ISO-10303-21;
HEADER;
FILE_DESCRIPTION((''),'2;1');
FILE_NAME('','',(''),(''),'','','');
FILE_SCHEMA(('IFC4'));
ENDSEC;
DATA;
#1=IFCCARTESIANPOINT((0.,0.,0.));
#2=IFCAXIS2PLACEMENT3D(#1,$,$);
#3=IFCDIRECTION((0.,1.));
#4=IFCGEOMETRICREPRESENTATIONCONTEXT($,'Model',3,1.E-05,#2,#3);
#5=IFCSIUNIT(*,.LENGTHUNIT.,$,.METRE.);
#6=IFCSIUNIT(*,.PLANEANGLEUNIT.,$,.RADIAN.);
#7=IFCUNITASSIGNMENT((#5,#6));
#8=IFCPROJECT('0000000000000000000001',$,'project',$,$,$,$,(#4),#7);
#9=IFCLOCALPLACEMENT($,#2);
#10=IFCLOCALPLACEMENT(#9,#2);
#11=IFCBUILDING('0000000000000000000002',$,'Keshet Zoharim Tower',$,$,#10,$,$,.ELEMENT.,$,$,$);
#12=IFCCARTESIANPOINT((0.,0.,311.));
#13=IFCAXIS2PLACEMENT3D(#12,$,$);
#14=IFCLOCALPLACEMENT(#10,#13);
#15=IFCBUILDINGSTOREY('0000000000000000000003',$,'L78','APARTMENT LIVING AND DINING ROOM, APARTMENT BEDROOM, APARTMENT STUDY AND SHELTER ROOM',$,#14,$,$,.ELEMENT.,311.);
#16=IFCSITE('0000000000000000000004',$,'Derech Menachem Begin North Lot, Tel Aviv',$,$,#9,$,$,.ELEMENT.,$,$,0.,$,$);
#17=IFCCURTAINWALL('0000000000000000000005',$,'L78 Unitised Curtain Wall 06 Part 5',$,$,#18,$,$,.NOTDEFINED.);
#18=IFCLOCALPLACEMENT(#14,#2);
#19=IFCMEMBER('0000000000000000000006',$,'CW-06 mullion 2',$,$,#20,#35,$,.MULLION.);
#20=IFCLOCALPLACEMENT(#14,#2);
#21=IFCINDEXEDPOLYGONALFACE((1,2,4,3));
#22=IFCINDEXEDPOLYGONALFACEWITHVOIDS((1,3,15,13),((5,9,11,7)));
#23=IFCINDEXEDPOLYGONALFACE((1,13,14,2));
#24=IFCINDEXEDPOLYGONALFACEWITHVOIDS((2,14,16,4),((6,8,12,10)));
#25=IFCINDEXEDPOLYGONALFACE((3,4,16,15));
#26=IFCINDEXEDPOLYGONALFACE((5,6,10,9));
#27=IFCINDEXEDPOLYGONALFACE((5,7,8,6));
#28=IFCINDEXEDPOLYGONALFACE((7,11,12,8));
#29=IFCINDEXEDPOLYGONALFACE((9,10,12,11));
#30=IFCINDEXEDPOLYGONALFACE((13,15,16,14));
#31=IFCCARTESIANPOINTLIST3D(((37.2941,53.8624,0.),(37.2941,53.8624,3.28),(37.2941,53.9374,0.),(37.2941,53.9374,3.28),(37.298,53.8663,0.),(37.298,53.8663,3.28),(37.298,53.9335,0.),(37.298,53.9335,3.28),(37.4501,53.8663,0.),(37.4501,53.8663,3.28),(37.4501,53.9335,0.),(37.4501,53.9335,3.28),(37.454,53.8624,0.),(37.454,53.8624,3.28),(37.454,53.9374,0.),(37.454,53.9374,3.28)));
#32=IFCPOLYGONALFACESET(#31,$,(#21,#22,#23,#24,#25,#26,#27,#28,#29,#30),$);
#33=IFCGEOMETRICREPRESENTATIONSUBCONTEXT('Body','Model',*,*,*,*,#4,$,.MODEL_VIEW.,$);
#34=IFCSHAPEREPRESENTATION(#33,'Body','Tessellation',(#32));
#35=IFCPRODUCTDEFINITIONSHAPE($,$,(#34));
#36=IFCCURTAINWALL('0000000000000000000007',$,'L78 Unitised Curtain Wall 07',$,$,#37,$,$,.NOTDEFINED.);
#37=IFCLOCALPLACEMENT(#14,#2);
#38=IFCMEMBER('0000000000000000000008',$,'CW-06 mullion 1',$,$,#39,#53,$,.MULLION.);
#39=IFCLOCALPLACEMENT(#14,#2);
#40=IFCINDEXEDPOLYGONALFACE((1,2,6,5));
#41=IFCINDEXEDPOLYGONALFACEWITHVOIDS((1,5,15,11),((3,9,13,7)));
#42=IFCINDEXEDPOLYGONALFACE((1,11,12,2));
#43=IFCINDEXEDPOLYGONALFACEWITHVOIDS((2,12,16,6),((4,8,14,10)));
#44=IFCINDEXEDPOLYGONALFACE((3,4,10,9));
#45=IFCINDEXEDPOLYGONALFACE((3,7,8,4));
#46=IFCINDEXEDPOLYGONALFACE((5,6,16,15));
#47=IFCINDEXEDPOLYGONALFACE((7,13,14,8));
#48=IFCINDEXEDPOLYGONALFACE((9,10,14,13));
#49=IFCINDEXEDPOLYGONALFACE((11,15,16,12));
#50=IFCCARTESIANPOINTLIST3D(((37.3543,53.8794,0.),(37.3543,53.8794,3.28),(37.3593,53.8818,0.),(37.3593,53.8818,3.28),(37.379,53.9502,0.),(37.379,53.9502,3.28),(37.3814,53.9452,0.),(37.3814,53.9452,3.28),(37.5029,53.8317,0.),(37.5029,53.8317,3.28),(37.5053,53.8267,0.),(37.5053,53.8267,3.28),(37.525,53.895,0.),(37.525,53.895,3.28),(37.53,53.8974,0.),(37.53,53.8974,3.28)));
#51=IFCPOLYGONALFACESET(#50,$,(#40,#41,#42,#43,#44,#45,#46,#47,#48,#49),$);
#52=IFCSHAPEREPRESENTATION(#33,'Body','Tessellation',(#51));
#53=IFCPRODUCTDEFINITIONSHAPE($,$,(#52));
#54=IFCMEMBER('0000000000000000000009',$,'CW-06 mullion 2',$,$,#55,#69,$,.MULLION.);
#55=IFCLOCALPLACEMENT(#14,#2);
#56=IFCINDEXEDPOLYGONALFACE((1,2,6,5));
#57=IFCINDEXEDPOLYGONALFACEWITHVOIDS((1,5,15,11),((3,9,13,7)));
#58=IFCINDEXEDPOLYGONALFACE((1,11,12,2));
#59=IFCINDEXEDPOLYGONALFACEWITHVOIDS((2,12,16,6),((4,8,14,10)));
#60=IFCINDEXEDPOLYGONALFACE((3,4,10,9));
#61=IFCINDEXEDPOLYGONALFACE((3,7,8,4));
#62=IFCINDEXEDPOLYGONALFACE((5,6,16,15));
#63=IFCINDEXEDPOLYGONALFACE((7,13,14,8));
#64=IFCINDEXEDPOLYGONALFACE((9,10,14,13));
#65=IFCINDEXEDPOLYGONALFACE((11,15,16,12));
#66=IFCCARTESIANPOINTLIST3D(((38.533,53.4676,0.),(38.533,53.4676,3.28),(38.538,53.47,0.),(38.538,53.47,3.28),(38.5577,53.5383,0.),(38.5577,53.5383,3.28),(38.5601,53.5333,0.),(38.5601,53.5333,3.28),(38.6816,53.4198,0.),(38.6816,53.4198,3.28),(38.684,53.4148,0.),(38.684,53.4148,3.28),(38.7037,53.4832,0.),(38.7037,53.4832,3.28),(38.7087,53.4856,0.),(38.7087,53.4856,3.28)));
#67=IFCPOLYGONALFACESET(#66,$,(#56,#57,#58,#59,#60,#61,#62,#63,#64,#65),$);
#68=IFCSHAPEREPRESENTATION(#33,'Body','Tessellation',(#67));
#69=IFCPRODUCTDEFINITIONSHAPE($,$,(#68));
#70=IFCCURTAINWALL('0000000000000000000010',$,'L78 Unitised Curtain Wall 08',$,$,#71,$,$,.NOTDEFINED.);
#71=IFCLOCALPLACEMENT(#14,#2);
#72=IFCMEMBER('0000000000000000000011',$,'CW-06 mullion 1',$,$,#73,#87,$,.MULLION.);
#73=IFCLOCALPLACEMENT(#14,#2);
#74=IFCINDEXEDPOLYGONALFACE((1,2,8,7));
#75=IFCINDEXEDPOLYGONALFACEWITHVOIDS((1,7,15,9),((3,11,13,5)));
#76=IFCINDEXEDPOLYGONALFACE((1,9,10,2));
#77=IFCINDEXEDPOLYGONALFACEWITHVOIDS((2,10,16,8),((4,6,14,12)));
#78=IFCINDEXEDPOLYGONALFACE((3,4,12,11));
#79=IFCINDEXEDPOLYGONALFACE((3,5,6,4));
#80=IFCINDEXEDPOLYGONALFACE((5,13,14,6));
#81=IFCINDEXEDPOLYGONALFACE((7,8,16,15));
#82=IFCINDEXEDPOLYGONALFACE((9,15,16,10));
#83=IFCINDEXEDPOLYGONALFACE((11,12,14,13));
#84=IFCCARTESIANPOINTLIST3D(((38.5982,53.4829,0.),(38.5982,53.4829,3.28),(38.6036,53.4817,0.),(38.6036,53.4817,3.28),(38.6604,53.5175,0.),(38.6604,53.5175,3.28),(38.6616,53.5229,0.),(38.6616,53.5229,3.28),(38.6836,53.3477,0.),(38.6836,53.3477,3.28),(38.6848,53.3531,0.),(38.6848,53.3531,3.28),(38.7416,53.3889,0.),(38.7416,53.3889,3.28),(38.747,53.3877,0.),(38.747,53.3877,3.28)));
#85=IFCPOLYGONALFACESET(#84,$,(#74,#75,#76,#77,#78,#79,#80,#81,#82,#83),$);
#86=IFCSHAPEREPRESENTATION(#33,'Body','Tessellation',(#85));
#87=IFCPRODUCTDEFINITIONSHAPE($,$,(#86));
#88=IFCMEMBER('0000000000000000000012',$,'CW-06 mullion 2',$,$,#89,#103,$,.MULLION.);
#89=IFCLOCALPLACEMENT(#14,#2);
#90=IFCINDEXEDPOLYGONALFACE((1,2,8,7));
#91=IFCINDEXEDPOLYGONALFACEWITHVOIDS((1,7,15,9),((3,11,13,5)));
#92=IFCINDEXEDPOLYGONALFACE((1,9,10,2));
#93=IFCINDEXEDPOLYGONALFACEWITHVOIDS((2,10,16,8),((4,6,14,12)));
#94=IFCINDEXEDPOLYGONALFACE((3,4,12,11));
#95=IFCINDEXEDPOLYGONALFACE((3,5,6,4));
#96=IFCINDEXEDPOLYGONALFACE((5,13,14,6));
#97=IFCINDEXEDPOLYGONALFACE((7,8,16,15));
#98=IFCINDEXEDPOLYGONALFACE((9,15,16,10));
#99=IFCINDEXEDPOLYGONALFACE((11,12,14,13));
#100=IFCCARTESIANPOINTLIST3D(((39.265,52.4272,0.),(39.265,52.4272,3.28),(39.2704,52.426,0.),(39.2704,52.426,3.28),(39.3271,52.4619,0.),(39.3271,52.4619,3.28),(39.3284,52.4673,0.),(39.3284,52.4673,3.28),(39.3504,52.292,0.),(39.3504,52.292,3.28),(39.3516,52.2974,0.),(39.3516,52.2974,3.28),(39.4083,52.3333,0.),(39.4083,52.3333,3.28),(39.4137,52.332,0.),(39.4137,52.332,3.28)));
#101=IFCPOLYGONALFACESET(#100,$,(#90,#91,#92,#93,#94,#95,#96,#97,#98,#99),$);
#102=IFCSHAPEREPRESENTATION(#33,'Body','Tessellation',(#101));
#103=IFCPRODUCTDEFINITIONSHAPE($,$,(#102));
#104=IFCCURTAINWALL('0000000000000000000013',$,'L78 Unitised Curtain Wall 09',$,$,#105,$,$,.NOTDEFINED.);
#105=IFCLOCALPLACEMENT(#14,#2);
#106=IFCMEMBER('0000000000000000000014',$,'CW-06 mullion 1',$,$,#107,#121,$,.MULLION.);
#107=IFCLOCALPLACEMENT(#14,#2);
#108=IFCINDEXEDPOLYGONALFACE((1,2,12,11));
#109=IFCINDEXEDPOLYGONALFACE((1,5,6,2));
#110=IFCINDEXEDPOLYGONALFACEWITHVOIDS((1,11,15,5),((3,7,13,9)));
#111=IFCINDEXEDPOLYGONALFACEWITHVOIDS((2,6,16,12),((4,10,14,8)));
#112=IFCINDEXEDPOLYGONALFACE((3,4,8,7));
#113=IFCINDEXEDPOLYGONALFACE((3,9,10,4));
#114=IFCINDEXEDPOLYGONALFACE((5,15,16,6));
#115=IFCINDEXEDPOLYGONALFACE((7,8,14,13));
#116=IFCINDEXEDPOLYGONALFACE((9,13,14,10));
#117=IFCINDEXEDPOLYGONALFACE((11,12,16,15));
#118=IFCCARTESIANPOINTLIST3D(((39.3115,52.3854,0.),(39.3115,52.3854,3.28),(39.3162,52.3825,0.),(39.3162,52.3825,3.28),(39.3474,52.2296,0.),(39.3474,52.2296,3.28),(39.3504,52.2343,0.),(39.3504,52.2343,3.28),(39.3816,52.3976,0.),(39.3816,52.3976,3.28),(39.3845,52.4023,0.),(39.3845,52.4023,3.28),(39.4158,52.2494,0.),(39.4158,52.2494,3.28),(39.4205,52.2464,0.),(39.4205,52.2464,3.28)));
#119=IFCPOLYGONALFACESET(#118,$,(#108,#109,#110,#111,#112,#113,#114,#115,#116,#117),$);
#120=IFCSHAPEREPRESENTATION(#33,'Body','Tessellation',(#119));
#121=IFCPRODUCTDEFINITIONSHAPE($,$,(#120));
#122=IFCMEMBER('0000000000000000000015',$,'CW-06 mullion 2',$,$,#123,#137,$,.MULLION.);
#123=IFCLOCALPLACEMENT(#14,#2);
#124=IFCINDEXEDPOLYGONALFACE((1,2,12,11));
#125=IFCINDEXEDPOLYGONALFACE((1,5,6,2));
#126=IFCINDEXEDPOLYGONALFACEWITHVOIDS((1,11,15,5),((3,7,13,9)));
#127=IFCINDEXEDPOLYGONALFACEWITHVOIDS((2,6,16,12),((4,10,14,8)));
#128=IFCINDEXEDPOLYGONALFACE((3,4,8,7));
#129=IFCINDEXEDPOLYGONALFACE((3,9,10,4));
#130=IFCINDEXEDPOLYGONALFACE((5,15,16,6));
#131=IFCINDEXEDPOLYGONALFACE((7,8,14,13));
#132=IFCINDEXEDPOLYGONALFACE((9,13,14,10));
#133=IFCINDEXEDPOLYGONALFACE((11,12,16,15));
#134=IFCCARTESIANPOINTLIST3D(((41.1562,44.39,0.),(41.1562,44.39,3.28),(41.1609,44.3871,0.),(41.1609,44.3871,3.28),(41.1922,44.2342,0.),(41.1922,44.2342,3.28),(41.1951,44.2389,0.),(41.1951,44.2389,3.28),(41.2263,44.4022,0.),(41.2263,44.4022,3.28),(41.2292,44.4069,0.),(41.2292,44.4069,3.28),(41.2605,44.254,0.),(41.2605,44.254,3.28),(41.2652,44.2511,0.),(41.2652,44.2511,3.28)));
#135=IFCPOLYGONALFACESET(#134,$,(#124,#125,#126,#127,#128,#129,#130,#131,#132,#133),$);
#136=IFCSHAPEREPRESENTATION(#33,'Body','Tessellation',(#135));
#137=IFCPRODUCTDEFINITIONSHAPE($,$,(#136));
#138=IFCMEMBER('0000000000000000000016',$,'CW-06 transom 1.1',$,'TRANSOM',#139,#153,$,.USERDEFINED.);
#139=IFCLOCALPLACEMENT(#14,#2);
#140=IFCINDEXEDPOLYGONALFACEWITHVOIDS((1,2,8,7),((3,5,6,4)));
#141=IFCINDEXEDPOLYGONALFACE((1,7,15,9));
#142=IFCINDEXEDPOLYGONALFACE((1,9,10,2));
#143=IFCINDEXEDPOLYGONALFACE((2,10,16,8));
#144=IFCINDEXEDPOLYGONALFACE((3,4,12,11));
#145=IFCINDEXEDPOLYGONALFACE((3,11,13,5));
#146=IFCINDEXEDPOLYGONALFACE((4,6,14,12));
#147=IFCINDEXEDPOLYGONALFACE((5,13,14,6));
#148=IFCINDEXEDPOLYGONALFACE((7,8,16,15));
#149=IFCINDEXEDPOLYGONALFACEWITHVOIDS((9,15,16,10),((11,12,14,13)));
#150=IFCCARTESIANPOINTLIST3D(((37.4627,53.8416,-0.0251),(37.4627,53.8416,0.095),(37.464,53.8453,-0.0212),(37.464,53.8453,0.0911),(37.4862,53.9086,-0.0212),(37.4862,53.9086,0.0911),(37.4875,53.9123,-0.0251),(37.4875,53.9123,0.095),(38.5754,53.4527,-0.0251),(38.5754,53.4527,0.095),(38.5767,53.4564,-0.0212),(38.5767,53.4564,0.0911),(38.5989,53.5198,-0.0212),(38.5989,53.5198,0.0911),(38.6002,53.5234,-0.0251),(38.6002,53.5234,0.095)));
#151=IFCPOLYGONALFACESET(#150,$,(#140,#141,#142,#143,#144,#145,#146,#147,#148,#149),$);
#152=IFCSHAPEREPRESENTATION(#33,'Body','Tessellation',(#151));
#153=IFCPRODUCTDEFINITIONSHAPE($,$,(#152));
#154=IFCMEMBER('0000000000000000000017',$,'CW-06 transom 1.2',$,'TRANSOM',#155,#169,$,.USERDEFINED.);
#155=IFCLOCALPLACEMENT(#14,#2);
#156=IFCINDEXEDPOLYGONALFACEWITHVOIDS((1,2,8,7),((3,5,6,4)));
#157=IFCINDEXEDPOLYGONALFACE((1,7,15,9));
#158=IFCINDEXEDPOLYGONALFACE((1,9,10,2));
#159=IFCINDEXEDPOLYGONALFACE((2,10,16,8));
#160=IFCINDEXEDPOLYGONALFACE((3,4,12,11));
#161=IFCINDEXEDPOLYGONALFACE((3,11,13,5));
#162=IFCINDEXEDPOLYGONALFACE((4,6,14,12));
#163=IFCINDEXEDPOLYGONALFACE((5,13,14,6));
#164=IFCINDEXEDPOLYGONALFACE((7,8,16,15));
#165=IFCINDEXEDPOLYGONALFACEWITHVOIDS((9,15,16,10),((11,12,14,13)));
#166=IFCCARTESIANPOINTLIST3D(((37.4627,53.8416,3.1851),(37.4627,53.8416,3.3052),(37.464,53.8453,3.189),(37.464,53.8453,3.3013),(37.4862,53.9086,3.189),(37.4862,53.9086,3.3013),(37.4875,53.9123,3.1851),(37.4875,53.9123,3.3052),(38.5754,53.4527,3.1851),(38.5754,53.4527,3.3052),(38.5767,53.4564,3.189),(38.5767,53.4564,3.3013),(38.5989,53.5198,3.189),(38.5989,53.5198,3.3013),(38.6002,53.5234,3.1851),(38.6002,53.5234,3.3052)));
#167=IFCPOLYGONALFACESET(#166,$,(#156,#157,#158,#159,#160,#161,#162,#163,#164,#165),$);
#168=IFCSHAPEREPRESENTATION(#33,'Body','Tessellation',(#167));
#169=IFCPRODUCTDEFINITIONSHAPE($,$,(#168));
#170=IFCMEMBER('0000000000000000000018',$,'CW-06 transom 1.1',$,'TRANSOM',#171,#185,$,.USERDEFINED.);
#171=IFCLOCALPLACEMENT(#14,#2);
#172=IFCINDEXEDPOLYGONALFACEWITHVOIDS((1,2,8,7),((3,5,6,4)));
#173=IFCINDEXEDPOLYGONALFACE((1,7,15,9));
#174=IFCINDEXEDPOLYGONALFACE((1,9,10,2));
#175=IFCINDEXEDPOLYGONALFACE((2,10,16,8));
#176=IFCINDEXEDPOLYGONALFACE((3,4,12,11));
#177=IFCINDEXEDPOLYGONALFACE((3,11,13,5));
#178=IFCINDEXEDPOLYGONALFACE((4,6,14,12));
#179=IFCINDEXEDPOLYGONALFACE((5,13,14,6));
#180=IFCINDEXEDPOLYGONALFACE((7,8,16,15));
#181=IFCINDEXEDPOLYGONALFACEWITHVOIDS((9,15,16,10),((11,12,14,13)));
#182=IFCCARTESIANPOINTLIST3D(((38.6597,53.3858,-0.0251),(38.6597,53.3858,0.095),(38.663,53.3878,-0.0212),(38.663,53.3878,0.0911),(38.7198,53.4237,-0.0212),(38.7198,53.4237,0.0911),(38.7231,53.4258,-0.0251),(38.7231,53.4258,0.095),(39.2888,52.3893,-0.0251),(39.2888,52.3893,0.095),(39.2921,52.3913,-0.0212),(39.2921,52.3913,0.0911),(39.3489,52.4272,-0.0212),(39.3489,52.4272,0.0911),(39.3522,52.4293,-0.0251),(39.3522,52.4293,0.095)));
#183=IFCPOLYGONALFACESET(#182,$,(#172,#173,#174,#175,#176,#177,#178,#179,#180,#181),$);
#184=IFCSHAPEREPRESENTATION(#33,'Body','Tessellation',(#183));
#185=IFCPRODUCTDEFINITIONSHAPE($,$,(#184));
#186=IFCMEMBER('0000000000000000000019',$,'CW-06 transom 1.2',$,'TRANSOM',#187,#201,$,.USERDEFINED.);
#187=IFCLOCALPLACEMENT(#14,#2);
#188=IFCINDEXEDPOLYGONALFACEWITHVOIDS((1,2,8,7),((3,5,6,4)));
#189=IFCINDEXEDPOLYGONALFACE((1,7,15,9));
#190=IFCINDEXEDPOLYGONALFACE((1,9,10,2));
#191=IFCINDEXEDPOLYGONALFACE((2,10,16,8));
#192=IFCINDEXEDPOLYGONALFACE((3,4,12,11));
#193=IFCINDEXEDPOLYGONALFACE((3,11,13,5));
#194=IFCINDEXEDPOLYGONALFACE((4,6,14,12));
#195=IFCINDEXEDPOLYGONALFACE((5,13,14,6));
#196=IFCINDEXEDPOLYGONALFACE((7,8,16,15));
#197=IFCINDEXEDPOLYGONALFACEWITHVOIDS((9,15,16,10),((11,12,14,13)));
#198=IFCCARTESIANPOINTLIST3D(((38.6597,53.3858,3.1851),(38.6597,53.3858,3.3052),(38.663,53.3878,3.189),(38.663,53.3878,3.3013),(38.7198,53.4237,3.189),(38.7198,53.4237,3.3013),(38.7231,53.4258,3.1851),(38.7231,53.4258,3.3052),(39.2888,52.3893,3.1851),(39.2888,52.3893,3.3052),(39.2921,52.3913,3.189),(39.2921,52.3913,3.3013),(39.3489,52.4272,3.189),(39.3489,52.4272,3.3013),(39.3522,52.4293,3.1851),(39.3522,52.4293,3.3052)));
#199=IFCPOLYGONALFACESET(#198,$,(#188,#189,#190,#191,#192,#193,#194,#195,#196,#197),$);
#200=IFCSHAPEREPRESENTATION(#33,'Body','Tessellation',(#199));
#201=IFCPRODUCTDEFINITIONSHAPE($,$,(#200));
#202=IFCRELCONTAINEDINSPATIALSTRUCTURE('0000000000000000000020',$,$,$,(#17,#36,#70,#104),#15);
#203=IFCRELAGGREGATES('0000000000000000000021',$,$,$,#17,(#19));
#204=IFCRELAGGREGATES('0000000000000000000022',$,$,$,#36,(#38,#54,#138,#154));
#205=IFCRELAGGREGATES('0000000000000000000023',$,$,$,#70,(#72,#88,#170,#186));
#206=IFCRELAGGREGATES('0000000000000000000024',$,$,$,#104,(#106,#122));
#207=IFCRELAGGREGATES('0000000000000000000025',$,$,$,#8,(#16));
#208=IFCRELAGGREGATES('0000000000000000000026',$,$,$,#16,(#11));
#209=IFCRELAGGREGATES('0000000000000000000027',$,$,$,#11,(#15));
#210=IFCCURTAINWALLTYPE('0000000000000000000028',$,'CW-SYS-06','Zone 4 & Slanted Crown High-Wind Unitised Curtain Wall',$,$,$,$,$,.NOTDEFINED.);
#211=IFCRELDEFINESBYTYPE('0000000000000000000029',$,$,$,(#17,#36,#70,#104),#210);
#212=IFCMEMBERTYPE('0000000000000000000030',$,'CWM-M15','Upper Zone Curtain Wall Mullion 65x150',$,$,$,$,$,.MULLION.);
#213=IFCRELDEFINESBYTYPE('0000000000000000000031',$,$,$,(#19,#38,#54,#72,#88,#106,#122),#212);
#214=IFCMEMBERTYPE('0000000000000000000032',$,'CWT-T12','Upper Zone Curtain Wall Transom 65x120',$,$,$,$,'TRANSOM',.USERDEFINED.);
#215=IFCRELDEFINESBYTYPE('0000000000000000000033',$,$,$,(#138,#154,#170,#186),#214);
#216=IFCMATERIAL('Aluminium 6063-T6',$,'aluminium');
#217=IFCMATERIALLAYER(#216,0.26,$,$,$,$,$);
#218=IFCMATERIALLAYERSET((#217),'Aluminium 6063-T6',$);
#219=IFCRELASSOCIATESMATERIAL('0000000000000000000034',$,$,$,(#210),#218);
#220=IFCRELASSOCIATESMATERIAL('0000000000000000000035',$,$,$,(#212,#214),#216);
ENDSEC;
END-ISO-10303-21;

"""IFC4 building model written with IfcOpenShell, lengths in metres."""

from ifc_helpers import new_model, si_unit, direction, frame, origin, origin_2d, place, context, subcontext, project, spatial, hollow_rectangle, extrude, material, layer, layer_set, material_profile, profile_set, type_object, element, aggregate, save


model = new_model("IFC4")

# Units and contexts
model_context = context("Model", 3, precision=1e-05, world=origin(), true_north=direction((0.0, 1.0)))
body_context = subcontext(model_context, "Body", "Model", "MODEL_VIEW")
ifc_project = project(units=[si_unit("LENGTHUNIT", "METRE"), si_unit("PLANEANGLEUNIT", "RADIAN")], contexts=[model_context])

# Site, building, storey
site_placement = place(None, origin())
site = spatial("IfcSite", under=ifc_project, at=site_placement, Name="Derech Menachem Begin North Lot, Tel Aviv", CompositionType="ELEMENT", RefElevation=0.0)
building_placement = place(site_placement, origin())
building = spatial("IfcBuilding", under=site, at=building_placement, Name="Keshet Zoharim Tower", CompositionType="ELEMENT")
storey_placement = place(building_placement, frame((0.0, 0.0, 311.0)))
storey = spatial("IfcBuildingStorey", under=building, at=storey_placement, Name="L78", Description="APARTMENT LIVING AND DINING ROOM, APARTMENT BEDROOM, APARTMENT STUDY AND SHELTER ROOM", CompositionType="ELEMENT", Elevation=311.0)

# Curtain wall, member
ifc_material_1 = material(Name="Aluminium 6063-T6", Category="aluminium")
ifc_layer_1 = layer(ifc_material_1, 0.26)
ifc_layer_set_1 = layer_set([ifc_layer_1], Name="Aluminium 6063-T6")
curtain_wall_type = type_object("IfcCurtainWallType", Name="CW-SYS-06", Description="Zone 4 & Slanted Crown High-Wind Unitised Curtain Wall", PredefinedType="NOTDEFINED", material=ifc_layer_set_1)
curtain_wall_1_placement = place(storey_placement, origin())
curtain_wall_1 = element("IfcCurtainWall", 1, at=curtain_wall_1_placement, inside=storey, type_object=curtain_wall_type, Name="L78 Unitised Curtain Wall 06 Part 5", PredefinedType="NOTDEFINED")
ifc_material_profile_1 = material_profile(ifc_material_1, hollow_rectangle(XDim=0.075, YDim=0.1599, WallThickness=0.0039, at=origin_2d()), Name="MUL-75x160")
ifc_profile_set_1 = profile_set([ifc_material_profile_1], Name="Aluminium 6063-T6")
member_type_1 = type_object("IfcMemberType", Name="CWM-M15", Description="Upper Zone Curtain Wall Mullion 65x150", PredefinedType="MULLION", material=ifc_profile_set_1)
member_1_placement = place(storey_placement, frame((37.374, 53.8999, 0.0), z_axis=(0.0, 0.0, 1.0), x_axis=(0.0, 1.0, 0.0)))
member_1 = element("IfcMember", 2, at=member_1_placement, type_object=member_type_1, Name="CW-06 mullion 2", PredefinedType="MULLION", context=body_context, shape_type="SweptSolid", body=[
    extrude(hollow_rectangle(XDim=0.075, YDim=0.1599, WallThickness=0.0039, at=origin_2d()), origin(), (0.0, 0.0, 1.0), 3.28),
])
aggregate(curtain_wall_1, [member_1])

# Curtain walls, members
curtain_wall_2_placement = place(storey_placement, origin())
curtain_wall_2 = element("IfcCurtainWall", 3, at=curtain_wall_2_placement, inside=storey, type_object=curtain_wall_type, Name="L78 Unitised Curtain Wall 07", PredefinedType="NOTDEFINED")
member_2_placement = place(storey_placement, frame((37.4421, 53.8884, 0.0), z_axis=(0.0, 0.0, 1.0), x_axis=(0.329844, 0.944036, 0.0)))
member_2 = element("IfcMember", 4, at=member_2_placement, type_object=member_type_1, Name="CW-06 mullion 1", PredefinedType="MULLION", context=body_context, shape_type="SweptSolid", body=[
    extrude(hollow_rectangle(XDim=0.075, YDim=0.1599, WallThickness=0.0039, at=origin_2d()), origin(), (0.0, 0.0, 1.0), 3.28),
])
member_3_placement = place(storey_placement, frame((38.6208, 53.4766, 0.0), z_axis=(0.0, 0.0, 1.0), x_axis=(0.329844, 0.944036, 0.0)))
member_3 = element("IfcMember", 5, at=member_3_placement, type_object=member_type_1, Name="CW-06 mullion 2", PredefinedType="MULLION", context=body_context, shape_type="SweptSolid", body=[
    extrude(hollow_rectangle(XDim=0.075, YDim=0.1599, WallThickness=0.0039, at=origin_2d()), origin(), (0.0, 0.0, 1.0), 3.28),
])
curtain_wall_3_placement = place(storey_placement, origin())
curtain_wall_3 = element("IfcCurtainWall", 6, at=curtain_wall_3_placement, inside=storey, type_object=curtain_wall_type, Name="L78 Unitised Curtain Wall 08", PredefinedType="NOTDEFINED")
member_4_placement = place(storey_placement, frame((38.6726, 53.4353, 0.0), z_axis=(0.0, 0.0, 1.0), x_axis=(0.845561, 0.533879, 0.0)))
member_4 = element("IfcMember", 7, at=member_4_placement, type_object=member_type_1, Name="CW-06 mullion 1", PredefinedType="MULLION", context=body_context, shape_type="SweptSolid", body=[
    extrude(hollow_rectangle(XDim=0.075, YDim=0.1599, WallThickness=0.0039, at=origin_2d()), origin(), (0.0, 0.0, 1.0), 3.28),
])
member_5_placement = place(storey_placement, frame((39.3394, 52.3796, 0.0), z_axis=(0.0, 0.0, 1.0), x_axis=(0.845561, 0.533879, 0.0)))
member_5 = element("IfcMember", 8, at=member_5_placement, type_object=member_type_1, Name="CW-06 mullion 2", PredefinedType="MULLION", context=body_context, shape_type="SweptSolid", body=[
    extrude(hollow_rectangle(XDim=0.075, YDim=0.1599, WallThickness=0.0039, at=origin_2d()), origin(), (0.0, 0.0, 1.0), 3.28),
])
curtain_wall_4_placement = place(storey_placement, origin())
curtain_wall_4 = element("IfcCurtainWall", 9, at=curtain_wall_4_placement, inside=storey, type_object=curtain_wall_type, Name="L78 Unitised Curtain Wall 09", PredefinedType="NOTDEFINED")
member_6_placement = place(storey_placement, frame((39.366, 52.3159, 0.0), z_axis=(0.0, 0.0, 1.0), x_axis=(0.974398, 0.22483, 0.0)))
member_6 = element("IfcMember", 10, at=member_6_placement, type_object=member_type_1, Name="CW-06 mullion 1", PredefinedType="MULLION", context=body_context, shape_type="SweptSolid", body=[
    extrude(hollow_rectangle(XDim=0.075, YDim=0.1599, WallThickness=0.0039, at=origin_2d()), origin(), (0.0, 0.0, 1.0), 3.28),
])
member_7_placement = place(storey_placement, frame((41.2107, 44.3206, 0.0), z_axis=(0.0, 0.0, 1.0), x_axis=(0.974398, 0.22483, 0.0)))
member_7 = element("IfcMember", 11, at=member_7_placement, type_object=member_type_1, Name="CW-06 mullion 2", PredefinedType="MULLION", context=body_context, shape_type="SweptSolid", body=[
    extrude(hollow_rectangle(XDim=0.075, YDim=0.1599, WallThickness=0.0039, at=origin_2d()), origin(), (0.0, 0.0, 1.0), 3.28),
])

# Members
ifc_material_profile_2 = material_profile(ifc_material_1, hollow_rectangle(XDim=0.075, YDim=0.1201, WallThickness=0.0039, at=origin_2d()), Name="TRN-75x120")
ifc_profile_set_2 = profile_set([ifc_material_profile_2], Name="Aluminium 6063-T6")
member_type_2 = type_object("IfcMemberType", Name="CWT-T12", Description="Upper Zone Curtain Wall Transom 65x120", ElementType="TRANSOM", PredefinedType="USERDEFINED", material=ifc_profile_set_2)
member_8_placement = place(storey_placement, frame((37.4751, 53.877, 0.0349), z_axis=(0.944007, -0.329926, 0.0), x_axis=(0.329926, 0.944007, 0.0)))
member_8 = element("IfcMember", 12, at=member_8_placement, type_object=member_type_2, Name="CW-06 transom 1.1", ObjectType="TRANSOM", PredefinedType="USERDEFINED", context=body_context, shape_type="SweptSolid", body=[
    extrude(hollow_rectangle(XDim=0.075, YDim=0.1201, WallThickness=0.0039, at=origin_2d()), origin(), (0.0, 0.0, 1.0), 1.1787),
])
member_9_placement = place(storey_placement, frame((37.4751, 53.877, 3.2451), z_axis=(0.944007, -0.329926, 0.0), x_axis=(0.329926, 0.944007, 0.0)))
member_9 = element("IfcMember", 13, at=member_9_placement, type_object=member_type_2, Name="CW-06 transom 1.2", ObjectType="TRANSOM", PredefinedType="USERDEFINED", context=body_context, shape_type="SweptSolid", body=[
    extrude(hollow_rectangle(XDim=0.075, YDim=0.1201, WallThickness=0.0039, at=origin_2d()), origin(), (0.0, 0.0, 1.0), 1.1787),
])
member_10_placement = place(storey_placement, frame((38.6914, 53.4058, 0.0349), z_axis=(0.533829, -0.845592, 0.0), x_axis=(0.845592, 0.533829, 0.0)))
member_10 = element("IfcMember", 14, at=member_10_placement, type_object=member_type_2, Name="CW-06 transom 1.1", ObjectType="TRANSOM", PredefinedType="USERDEFINED", context=body_context, shape_type="SweptSolid", body=[
    extrude(hollow_rectangle(XDim=0.075, YDim=0.1201, WallThickness=0.0039, at=origin_2d()), origin(), (0.0, 0.0, 1.0), 1.1785),
])
member_11_placement = place(storey_placement, frame((38.6914, 53.4058, 3.2451), z_axis=(0.533829, -0.845592, 0.0), x_axis=(0.845592, 0.533829, 0.0)))
member_11 = element("IfcMember", 15, at=member_11_placement, type_object=member_type_2, Name="CW-06 transom 1.2", ObjectType="TRANSOM", PredefinedType="USERDEFINED", context=body_context, shape_type="SweptSolid", body=[
    extrude(hollow_rectangle(XDim=0.075, YDim=0.1201, WallThickness=0.0039, at=origin_2d()), origin(), (0.0, 0.0, 1.0), 1.1785),
])

aggregate(curtain_wall_2, [member_2, member_3, member_8, member_9])
aggregate(curtain_wall_3, [member_4, member_5, member_10, member_11])
aggregate(curtain_wall_4, [member_6, member_7])

save(model, "model.ifc")
